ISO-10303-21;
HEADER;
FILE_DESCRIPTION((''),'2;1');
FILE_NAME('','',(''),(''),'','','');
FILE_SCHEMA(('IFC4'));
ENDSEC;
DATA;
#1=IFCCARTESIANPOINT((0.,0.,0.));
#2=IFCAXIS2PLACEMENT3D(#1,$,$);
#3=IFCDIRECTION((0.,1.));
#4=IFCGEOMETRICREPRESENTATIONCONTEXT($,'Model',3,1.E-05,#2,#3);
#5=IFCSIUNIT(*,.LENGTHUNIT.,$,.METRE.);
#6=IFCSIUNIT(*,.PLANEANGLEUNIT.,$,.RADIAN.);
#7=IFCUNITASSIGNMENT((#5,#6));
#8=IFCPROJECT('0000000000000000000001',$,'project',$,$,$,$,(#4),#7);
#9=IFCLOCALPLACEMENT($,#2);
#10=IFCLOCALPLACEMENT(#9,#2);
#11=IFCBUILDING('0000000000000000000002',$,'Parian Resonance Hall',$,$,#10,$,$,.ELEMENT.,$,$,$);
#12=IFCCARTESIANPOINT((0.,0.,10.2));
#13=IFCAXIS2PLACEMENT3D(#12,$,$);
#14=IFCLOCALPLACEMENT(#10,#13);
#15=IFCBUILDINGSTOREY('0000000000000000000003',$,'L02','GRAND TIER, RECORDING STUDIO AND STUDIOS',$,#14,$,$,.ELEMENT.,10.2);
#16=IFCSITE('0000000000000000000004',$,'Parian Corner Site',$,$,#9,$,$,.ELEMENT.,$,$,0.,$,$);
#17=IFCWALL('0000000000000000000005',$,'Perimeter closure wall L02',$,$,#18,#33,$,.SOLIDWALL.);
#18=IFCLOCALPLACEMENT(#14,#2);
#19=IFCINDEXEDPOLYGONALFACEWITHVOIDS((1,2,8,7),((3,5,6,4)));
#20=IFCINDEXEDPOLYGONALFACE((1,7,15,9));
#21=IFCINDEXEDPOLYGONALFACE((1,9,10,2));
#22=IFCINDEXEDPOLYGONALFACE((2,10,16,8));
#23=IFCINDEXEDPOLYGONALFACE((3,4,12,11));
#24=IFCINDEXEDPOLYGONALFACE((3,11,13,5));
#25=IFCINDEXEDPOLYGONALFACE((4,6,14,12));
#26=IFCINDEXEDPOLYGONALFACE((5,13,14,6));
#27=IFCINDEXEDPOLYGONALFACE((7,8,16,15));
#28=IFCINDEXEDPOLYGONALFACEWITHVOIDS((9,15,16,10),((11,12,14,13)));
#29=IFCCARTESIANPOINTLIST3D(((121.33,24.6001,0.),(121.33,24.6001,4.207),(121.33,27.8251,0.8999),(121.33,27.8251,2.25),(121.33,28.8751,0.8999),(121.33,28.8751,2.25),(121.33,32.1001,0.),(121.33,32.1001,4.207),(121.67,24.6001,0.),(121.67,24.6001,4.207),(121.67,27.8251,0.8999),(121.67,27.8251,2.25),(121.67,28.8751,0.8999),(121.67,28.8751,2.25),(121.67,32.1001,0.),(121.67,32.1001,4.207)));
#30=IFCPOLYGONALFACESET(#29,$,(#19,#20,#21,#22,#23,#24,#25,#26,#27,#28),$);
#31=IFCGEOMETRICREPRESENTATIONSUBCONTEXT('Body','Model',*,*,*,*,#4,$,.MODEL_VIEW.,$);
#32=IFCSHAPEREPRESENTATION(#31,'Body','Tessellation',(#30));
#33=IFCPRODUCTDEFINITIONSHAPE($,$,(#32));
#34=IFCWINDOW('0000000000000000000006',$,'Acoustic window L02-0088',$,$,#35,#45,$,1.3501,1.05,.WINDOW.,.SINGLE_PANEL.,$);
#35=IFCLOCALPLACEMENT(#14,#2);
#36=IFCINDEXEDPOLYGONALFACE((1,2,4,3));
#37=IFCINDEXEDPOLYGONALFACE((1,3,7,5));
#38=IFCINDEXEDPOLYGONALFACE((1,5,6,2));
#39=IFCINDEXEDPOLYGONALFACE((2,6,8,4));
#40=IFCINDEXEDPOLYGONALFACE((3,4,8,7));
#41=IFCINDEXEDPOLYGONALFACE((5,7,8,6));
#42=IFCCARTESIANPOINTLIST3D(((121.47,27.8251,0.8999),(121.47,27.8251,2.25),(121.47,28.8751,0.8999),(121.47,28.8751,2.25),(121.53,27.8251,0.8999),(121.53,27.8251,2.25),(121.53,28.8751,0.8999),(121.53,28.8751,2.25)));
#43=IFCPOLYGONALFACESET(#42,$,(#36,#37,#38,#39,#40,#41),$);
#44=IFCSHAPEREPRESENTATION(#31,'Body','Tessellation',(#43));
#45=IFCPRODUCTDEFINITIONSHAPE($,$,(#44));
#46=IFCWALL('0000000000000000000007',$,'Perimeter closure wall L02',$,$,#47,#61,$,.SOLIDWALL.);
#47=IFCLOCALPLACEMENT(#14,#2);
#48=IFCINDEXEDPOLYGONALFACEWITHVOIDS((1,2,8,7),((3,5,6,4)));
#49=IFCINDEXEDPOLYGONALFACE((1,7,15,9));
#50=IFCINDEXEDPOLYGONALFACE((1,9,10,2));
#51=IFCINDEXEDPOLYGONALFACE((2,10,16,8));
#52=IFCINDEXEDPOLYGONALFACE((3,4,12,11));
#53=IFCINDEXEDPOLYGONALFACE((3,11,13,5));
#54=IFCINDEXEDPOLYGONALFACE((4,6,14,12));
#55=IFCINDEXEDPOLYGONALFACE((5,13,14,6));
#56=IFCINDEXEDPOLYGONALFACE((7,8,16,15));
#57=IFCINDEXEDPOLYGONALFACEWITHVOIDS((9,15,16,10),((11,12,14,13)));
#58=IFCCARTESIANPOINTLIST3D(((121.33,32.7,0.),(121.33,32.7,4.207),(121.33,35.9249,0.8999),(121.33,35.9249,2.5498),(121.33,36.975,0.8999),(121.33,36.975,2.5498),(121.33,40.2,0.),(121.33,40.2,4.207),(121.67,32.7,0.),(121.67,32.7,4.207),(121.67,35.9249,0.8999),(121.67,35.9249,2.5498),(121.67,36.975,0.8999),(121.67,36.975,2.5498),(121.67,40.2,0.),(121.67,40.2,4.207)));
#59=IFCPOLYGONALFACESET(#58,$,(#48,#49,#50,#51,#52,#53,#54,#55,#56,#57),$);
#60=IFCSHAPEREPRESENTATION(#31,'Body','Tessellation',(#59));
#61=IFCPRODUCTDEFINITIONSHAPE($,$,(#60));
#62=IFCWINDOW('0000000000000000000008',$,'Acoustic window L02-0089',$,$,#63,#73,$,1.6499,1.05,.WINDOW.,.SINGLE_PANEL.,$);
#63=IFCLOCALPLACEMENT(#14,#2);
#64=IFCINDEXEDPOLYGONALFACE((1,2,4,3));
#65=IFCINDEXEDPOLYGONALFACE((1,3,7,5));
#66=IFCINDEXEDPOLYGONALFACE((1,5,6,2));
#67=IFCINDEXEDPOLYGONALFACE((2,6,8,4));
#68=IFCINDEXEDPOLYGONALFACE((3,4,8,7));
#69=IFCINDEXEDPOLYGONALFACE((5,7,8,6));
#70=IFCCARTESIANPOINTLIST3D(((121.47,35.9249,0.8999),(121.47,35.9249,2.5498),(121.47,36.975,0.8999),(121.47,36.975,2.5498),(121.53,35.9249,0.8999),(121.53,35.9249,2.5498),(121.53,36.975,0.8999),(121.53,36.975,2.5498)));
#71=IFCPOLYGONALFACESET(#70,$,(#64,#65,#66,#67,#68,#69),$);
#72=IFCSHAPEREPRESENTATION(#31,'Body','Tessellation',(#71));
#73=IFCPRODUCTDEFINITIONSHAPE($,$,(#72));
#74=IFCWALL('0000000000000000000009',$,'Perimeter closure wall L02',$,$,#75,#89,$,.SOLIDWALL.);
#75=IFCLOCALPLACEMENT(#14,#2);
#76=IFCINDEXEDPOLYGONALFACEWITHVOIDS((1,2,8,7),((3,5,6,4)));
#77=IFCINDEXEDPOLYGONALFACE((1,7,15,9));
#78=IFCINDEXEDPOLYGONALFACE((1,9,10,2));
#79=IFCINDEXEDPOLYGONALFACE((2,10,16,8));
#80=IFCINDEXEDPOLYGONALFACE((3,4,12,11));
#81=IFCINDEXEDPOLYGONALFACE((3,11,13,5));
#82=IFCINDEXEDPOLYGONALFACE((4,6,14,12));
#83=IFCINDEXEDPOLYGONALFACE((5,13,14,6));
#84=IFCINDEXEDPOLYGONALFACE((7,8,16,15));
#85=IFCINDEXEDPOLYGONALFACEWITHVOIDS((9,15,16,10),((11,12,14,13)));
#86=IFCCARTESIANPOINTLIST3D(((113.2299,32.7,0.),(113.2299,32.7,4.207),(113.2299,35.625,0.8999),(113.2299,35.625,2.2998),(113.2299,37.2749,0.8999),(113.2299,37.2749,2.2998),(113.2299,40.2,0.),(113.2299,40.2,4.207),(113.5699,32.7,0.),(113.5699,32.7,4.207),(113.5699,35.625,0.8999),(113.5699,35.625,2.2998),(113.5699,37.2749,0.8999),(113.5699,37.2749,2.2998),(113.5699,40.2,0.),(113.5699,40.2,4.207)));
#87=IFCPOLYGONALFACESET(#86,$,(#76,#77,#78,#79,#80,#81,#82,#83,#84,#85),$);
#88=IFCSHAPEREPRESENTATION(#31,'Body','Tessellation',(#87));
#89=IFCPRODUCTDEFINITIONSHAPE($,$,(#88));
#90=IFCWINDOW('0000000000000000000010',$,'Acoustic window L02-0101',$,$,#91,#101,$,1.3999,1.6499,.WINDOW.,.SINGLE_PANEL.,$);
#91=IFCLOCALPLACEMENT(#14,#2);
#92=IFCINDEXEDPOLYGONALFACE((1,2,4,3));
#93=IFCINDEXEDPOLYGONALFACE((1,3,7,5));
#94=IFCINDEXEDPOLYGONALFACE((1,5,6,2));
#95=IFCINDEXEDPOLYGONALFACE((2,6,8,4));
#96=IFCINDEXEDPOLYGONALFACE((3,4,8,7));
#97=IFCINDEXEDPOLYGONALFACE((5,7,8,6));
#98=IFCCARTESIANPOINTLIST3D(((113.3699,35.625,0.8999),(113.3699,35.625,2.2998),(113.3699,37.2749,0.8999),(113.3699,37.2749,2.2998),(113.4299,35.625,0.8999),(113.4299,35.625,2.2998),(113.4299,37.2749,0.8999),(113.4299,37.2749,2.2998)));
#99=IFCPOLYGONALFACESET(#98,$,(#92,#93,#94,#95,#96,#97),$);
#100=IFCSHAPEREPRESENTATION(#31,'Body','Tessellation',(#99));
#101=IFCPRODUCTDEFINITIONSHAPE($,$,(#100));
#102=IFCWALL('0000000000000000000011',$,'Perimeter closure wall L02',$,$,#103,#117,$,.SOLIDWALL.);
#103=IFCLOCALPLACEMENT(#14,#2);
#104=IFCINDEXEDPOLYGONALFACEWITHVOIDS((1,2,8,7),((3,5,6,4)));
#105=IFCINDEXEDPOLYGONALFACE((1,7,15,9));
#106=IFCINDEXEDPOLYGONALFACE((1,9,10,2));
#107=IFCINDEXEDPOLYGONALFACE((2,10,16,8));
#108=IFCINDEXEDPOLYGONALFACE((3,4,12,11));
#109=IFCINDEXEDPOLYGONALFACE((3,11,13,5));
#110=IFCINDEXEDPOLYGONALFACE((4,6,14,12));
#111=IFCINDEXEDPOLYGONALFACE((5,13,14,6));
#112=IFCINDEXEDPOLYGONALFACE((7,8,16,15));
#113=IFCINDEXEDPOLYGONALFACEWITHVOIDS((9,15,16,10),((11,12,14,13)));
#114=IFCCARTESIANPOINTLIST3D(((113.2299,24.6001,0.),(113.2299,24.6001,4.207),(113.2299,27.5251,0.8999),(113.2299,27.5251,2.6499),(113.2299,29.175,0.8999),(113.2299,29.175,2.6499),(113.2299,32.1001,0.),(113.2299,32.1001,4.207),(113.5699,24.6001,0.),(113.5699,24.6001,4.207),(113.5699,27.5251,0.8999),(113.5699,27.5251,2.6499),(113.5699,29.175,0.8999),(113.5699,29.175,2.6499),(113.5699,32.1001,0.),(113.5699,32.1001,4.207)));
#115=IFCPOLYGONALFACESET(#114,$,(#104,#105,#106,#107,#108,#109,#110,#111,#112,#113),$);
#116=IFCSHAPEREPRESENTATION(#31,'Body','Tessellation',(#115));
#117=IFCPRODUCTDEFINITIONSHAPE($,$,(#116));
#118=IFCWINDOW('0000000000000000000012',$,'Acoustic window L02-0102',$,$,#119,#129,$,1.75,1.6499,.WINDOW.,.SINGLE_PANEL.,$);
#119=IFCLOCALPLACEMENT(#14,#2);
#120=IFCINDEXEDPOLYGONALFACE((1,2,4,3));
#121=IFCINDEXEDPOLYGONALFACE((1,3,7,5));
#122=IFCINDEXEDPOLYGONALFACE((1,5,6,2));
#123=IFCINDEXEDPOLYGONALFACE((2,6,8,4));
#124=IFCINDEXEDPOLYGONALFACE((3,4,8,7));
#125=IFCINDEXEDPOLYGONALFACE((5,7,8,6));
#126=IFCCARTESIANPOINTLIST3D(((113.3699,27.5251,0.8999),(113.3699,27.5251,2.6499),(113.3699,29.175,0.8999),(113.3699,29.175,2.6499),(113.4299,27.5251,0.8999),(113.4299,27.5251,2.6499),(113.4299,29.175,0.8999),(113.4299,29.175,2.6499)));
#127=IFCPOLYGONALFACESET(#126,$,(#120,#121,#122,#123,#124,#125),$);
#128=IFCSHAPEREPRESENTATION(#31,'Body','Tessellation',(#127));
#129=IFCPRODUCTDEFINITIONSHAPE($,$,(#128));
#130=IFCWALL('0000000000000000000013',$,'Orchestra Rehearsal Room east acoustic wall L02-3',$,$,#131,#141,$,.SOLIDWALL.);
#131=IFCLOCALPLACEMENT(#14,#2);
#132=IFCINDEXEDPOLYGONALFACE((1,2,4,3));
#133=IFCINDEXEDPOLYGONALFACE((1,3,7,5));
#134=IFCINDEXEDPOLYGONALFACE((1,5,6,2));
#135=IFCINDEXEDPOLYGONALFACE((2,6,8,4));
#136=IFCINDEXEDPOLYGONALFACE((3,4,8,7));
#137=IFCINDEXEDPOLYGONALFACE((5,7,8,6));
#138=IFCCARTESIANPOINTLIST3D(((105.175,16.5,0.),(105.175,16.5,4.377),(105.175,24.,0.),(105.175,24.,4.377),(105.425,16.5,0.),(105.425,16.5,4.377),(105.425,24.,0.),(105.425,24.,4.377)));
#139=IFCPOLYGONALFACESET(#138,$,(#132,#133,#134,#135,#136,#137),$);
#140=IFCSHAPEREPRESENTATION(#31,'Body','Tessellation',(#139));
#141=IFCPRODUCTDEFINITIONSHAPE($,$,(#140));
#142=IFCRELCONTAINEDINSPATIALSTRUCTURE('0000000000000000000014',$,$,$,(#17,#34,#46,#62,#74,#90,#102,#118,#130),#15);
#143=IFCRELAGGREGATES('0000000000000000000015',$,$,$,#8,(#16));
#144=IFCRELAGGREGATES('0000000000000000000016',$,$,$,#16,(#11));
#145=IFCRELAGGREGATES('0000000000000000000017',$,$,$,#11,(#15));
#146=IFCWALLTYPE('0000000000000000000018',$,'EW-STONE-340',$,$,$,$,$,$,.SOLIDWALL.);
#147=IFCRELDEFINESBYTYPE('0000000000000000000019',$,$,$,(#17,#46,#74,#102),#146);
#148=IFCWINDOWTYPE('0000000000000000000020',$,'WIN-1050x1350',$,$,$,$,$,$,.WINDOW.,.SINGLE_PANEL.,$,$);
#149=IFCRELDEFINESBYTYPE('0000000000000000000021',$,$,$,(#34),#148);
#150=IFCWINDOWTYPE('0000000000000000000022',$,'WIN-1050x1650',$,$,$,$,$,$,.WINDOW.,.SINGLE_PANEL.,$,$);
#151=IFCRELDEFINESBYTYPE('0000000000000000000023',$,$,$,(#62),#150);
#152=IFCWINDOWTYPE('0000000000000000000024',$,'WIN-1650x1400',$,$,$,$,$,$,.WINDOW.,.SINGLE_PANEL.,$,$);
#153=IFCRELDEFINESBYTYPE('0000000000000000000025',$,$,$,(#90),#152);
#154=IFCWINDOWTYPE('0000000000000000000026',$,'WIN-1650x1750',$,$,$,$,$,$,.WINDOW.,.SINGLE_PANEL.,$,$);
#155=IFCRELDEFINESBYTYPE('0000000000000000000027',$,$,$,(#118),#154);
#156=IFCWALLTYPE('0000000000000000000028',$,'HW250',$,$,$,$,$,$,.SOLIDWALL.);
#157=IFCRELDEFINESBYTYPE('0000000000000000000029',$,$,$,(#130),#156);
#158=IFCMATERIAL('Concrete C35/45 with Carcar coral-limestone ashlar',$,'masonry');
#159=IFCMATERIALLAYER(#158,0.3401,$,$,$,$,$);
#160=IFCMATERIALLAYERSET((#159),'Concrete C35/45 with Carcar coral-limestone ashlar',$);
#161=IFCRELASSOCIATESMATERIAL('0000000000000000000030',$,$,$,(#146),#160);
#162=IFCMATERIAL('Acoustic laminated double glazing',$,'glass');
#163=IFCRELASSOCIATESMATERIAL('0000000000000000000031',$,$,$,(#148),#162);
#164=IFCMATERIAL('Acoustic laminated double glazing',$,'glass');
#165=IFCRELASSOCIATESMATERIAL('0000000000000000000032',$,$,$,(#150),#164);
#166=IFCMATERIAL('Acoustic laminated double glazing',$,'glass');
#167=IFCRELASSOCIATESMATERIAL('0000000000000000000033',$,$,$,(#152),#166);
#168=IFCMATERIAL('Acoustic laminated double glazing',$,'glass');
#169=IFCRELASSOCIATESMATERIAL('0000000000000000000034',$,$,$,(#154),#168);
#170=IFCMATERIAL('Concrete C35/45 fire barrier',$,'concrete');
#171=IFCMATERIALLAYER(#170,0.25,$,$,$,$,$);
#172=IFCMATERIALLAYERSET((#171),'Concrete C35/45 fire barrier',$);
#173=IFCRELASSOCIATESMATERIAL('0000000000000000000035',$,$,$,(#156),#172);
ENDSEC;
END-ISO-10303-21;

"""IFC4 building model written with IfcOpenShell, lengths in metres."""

from ifc_helpers import new_model, si_unit, direction, frame, frame_2d, origin, place, context, subcontext, project, spatial, rectangle, extrude, material, layer, layer_set, type_object, element, fill, save


model = new_model("IFC4")

# Units and contexts
model_context = context("Model", 3, precision=1e-05, world=origin(), true_north=direction((0.0, 1.0)))
body_context = subcontext(model_context, "Body", "Model", "MODEL_VIEW")
ifc_project = project(units=[si_unit("LENGTHUNIT", "METRE"), si_unit("PLANEANGLEUNIT", "RADIAN")], contexts=[model_context])

# Site, building, storey
site_placement = place(None, origin())
site = spatial("IfcSite", under=ifc_project, at=site_placement, Name="Parian Corner Site", CompositionType="ELEMENT", RefElevation=0.0)
building_placement = place(site_placement, origin())
building = spatial("IfcBuilding", under=site, at=building_placement, Name="Parian Resonance Hall", CompositionType="ELEMENT")
storey_placement = place(building_placement, frame((0.0, 0.0, 10.2)))
storey = spatial("IfcBuildingStorey", under=building, at=storey_placement, Name="L02", Description="GRAND TIER, RECORDING STUDIO AND STUDIOS", CompositionType="ELEMENT", Elevation=10.2)

# Walls, openings, windows
ifc_material_1 = material(Name="Concrete C35/45 with Carcar coral-limestone ashlar", Category="masonry")
ifc_layer_1 = layer(ifc_material_1, 0.3401)
ifc_layer_set_1 = layer_set([ifc_layer_1], Name="Concrete C35/45 with Carcar coral-limestone ashlar")
wall_type_1 = type_object("IfcWallType", Name="EW-STONE-340", PredefinedType="SOLIDWALL", material=ifc_layer_set_1)
wall_1_placement = place(storey_placement, frame((121.5, 24.6001, 0.0), z_axis=(0.0, 0.0, 1.0), x_axis=(0.0, 1.0, 0.0)))
wall_1 = element("IfcWall", 1, at=wall_1_placement, inside=storey, type_object=wall_type_1, Name="Perimeter closure wall L02", PredefinedType="SOLIDWALL", context=body_context, shape_type="SweptSolid", body=[
    extrude(rectangle(XDim=7.5, YDim=0.3401, at=frame_2d((3.75, 0.0))), origin(), (0.0, 0.0, 1.0), 4.207),
])
opening_1_placement = place(wall_1_placement, frame((3.2251, 0.0, 0.8999)))
opening_1 = element("IfcOpeningElement", 2, at=opening_1_placement, cuts=wall_1, PredefinedType="OPENING", context=body_context, shape_type="SweptSolid", body=[
    extrude(rectangle(XDim=1.05, YDim=1.3501, at=frame_2d((0.5249, 0.675))), frame((0.0, 0.1799, 0.0), z_axis=(0.0, -1.0, 0.0), x_axis=(1.0, 0.0, 0.0)), (0.0, 0.0, 1.0), 0.3601),
])
ifc_material_2 = material(Name="Acoustic laminated double glazing", Category="glass")
window_type_1 = type_object("IfcWindowType", Name="WIN-1050x1350", PartitioningType="SINGLE_PANEL", PredefinedType="WINDOW", material=ifc_material_2)
window_1_placement = place(opening_1_placement, origin())
window_1 = element("IfcWindow", 3, at=window_1_placement, inside=storey, type_object=window_type_1, Name="Acoustic window L02-0088", OverallHeight=1.3501, OverallWidth=1.05, PartitioningType="SINGLE_PANEL", PredefinedType="WINDOW", context=body_context, shape_type="SweptSolid", body=[
    extrude(rectangle(XDim=1.05, YDim=1.3501, at=frame_2d((0.5249, 0.675))), frame((0.0, 0.03, 0.0), z_axis=(0.0, -1.0, 0.0), x_axis=(1.0, 0.0, 0.0)), (0.0, 0.0, 1.0), 0.0601),
])
fill(opening_1, window_1)
wall_2_placement = place(storey_placement, frame((121.5, 32.7, 0.0), z_axis=(0.0, 0.0, 1.0), x_axis=(0.0, 1.0, 0.0)))
wall_2 = element("IfcWall", 4, at=wall_2_placement, inside=storey, type_object=wall_type_1, Name="Perimeter closure wall L02", PredefinedType="SOLIDWALL", context=body_context, shape_type="SweptSolid", body=[
    extrude(rectangle(XDim=7.5, YDim=0.3401, at=frame_2d((3.75, 0.0))), origin(), (0.0, 0.0, 1.0), 4.207),
])
opening_2_placement = place(wall_2_placement, frame((3.2251, 0.0, 0.8999)))
opening_2 = element("IfcOpeningElement", 5, at=opening_2_placement, cuts=wall_2, PredefinedType="OPENING", context=body_context, shape_type="SweptSolid", body=[
    extrude(rectangle(XDim=1.05, YDim=1.6499, at=frame_2d((0.5249, 0.825))), frame((0.0, 0.1799, 0.0), z_axis=(0.0, -1.0, 0.0), x_axis=(1.0, 0.0, 0.0)), (0.0, 0.0, 1.0), 0.3601),
])
ifc_material_3 = material(Name="Acoustic laminated double glazing", Category="glass")
window_type_2 = type_object("IfcWindowType", Name="WIN-1050x1650", PartitioningType="SINGLE_PANEL", PredefinedType="WINDOW", material=ifc_material_3)
window_2_placement = place(opening_2_placement, origin())
window_2 = element("IfcWindow", 6, at=window_2_placement, inside=storey, type_object=window_type_2, Name="Acoustic window L02-0089", OverallHeight=1.6499, OverallWidth=1.05, PartitioningType="SINGLE_PANEL", PredefinedType="WINDOW", context=body_context, shape_type="SweptSolid", body=[
    extrude(rectangle(XDim=1.05, YDim=1.6499, at=frame_2d((0.5249, 0.825))), frame((0.0, 0.03, 0.0), z_axis=(0.0, -1.0, 0.0), x_axis=(1.0, 0.0, 0.0)), (0.0, 0.0, 1.0), 0.0601),
])
fill(opening_2, window_2)
wall_3_placement = place(storey_placement, frame((113.3999, 40.2, 0.0), z_axis=(0.0, 0.0, 1.0), x_axis=(0.0, -1.0, 0.0)))
wall_3 = element("IfcWall", 7, at=wall_3_placement, inside=storey, type_object=wall_type_1, Name="Perimeter closure wall L02", PredefinedType="SOLIDWALL", context=body_context, shape_type="SweptSolid", body=[
    extrude(rectangle(XDim=7.5, YDim=0.3401, at=frame_2d((3.75, 0.0))), origin(), (0.0, 0.0, 1.0), 4.207),
])
opening_3_placement = place(wall_3_placement, frame((2.925, 0.0, 0.8999)))
opening_3 = element("IfcOpeningElement", 8, at=opening_3_placement, cuts=wall_3, PredefinedType="OPENING", context=body_context, shape_type="SweptSolid", body=[
    extrude(rectangle(XDim=1.6499, YDim=1.3999, at=frame_2d((0.825, 0.7))), frame((0.0, 0.1799, 0.0), z_axis=(0.0, -1.0, 0.0), x_axis=(1.0, 0.0, 0.0)), (0.0, 0.0, 1.0), 0.3601),
])
ifc_material_4 = material(Name="Acoustic laminated double glazing", Category="glass")
window_type_3 = type_object("IfcWindowType", Name="WIN-1650x1400", PartitioningType="SINGLE_PANEL", PredefinedType="WINDOW", material=ifc_material_4)
window_3_placement = place(opening_3_placement, origin())
window_3 = element("IfcWindow", 9, at=window_3_placement, inside=storey, type_object=window_type_3, Name="Acoustic window L02-0101", OverallHeight=1.3999, OverallWidth=1.6499, PartitioningType="SINGLE_PANEL", PredefinedType="WINDOW", context=body_context, shape_type="SweptSolid", body=[
    extrude(rectangle(XDim=1.6499, YDim=1.3999, at=frame_2d((0.825, 0.7))), frame((0.0, 0.03, 0.0), z_axis=(0.0, -1.0, 0.0), x_axis=(1.0, 0.0, 0.0)), (0.0, 0.0, 1.0), 0.0601),
])
fill(opening_3, window_3)
wall_4_placement = place(storey_placement, frame((113.3999, 32.1001, 0.0), z_axis=(0.0, 0.0, 1.0), x_axis=(0.0, -1.0, 0.0)))
wall_4 = element("IfcWall", 10, at=wall_4_placement, inside=storey, type_object=wall_type_1, Name="Perimeter closure wall L02", PredefinedType="SOLIDWALL", context=body_context, shape_type="SweptSolid", body=[
    extrude(rectangle(XDim=7.5, YDim=0.3401, at=frame_2d((3.75, 0.0))), origin(), (0.0, 0.0, 1.0), 4.207),
])
opening_4_placement = place(wall_4_placement, frame((2.925, 0.0, 0.8999)))
opening_4 = element("IfcOpeningElement", 11, at=opening_4_placement, cuts=wall_4, PredefinedType="OPENING", context=body_context, shape_type="SweptSolid", body=[
    extrude(rectangle(XDim=1.6499, YDim=1.75, at=frame_2d((0.825, 0.875))), frame((0.0, 0.1799, 0.0), z_axis=(0.0, -1.0, 0.0), x_axis=(1.0, 0.0, 0.0)), (0.0, 0.0, 1.0), 0.3601),
])
ifc_material_5 = material(Name="Acoustic laminated double glazing", Category="glass")
window_type_4 = type_object("IfcWindowType", Name="WIN-1650x1750", PartitioningType="SINGLE_PANEL", PredefinedType="WINDOW", material=ifc_material_5)
window_4_placement = place(opening_4_placement, origin())
window_4 = element("IfcWindow", 12, at=window_4_placement, inside=storey, type_object=window_type_4, Name="Acoustic window L02-0102", OverallHeight=1.75, OverallWidth=1.6499, PartitioningType="SINGLE_PANEL", PredefinedType="WINDOW", context=body_context, shape_type="SweptSolid", body=[
    extrude(rectangle(XDim=1.6499, YDim=1.75, at=frame_2d((0.825, 0.875))), frame((0.0, 0.03, 0.0), z_axis=(0.0, -1.0, 0.0), x_axis=(1.0, 0.0, 0.0)), (0.0, 0.0, 1.0), 0.0601),
])
fill(opening_4, window_4)

# Wall
ifc_material_6 = material(Name="Concrete C35/45 fire barrier", Category="concrete")
ifc_layer_2 = layer(ifc_material_6, 0.25)
ifc_layer_set_2 = layer_set([ifc_layer_2], Name="Concrete C35/45 fire barrier")
wall_type_2 = type_object("IfcWallType", Name="HW250", PredefinedType="SOLIDWALL", material=ifc_layer_set_2)
wall_5_placement = place(storey_placement, frame((105.3, 16.5, 0.0), z_axis=(0.0, 0.0, 1.0), x_axis=(0.0, 1.0, 0.0)))
element("IfcWall", 13, at=wall_5_placement, inside=storey, type_object=wall_type_2, Name="Orchestra Rehearsal Room east acoustic wall L02-3", PredefinedType="SOLIDWALL", context=body_context, shape_type="SweptSolid", body=[
    extrude(rectangle(XDim=7.5, YDim=0.25, at=frame_2d((3.75, 0.0))), origin(), (0.0, 0.0, 1.0), 4.377),
])

save(model, "model.ifc")
